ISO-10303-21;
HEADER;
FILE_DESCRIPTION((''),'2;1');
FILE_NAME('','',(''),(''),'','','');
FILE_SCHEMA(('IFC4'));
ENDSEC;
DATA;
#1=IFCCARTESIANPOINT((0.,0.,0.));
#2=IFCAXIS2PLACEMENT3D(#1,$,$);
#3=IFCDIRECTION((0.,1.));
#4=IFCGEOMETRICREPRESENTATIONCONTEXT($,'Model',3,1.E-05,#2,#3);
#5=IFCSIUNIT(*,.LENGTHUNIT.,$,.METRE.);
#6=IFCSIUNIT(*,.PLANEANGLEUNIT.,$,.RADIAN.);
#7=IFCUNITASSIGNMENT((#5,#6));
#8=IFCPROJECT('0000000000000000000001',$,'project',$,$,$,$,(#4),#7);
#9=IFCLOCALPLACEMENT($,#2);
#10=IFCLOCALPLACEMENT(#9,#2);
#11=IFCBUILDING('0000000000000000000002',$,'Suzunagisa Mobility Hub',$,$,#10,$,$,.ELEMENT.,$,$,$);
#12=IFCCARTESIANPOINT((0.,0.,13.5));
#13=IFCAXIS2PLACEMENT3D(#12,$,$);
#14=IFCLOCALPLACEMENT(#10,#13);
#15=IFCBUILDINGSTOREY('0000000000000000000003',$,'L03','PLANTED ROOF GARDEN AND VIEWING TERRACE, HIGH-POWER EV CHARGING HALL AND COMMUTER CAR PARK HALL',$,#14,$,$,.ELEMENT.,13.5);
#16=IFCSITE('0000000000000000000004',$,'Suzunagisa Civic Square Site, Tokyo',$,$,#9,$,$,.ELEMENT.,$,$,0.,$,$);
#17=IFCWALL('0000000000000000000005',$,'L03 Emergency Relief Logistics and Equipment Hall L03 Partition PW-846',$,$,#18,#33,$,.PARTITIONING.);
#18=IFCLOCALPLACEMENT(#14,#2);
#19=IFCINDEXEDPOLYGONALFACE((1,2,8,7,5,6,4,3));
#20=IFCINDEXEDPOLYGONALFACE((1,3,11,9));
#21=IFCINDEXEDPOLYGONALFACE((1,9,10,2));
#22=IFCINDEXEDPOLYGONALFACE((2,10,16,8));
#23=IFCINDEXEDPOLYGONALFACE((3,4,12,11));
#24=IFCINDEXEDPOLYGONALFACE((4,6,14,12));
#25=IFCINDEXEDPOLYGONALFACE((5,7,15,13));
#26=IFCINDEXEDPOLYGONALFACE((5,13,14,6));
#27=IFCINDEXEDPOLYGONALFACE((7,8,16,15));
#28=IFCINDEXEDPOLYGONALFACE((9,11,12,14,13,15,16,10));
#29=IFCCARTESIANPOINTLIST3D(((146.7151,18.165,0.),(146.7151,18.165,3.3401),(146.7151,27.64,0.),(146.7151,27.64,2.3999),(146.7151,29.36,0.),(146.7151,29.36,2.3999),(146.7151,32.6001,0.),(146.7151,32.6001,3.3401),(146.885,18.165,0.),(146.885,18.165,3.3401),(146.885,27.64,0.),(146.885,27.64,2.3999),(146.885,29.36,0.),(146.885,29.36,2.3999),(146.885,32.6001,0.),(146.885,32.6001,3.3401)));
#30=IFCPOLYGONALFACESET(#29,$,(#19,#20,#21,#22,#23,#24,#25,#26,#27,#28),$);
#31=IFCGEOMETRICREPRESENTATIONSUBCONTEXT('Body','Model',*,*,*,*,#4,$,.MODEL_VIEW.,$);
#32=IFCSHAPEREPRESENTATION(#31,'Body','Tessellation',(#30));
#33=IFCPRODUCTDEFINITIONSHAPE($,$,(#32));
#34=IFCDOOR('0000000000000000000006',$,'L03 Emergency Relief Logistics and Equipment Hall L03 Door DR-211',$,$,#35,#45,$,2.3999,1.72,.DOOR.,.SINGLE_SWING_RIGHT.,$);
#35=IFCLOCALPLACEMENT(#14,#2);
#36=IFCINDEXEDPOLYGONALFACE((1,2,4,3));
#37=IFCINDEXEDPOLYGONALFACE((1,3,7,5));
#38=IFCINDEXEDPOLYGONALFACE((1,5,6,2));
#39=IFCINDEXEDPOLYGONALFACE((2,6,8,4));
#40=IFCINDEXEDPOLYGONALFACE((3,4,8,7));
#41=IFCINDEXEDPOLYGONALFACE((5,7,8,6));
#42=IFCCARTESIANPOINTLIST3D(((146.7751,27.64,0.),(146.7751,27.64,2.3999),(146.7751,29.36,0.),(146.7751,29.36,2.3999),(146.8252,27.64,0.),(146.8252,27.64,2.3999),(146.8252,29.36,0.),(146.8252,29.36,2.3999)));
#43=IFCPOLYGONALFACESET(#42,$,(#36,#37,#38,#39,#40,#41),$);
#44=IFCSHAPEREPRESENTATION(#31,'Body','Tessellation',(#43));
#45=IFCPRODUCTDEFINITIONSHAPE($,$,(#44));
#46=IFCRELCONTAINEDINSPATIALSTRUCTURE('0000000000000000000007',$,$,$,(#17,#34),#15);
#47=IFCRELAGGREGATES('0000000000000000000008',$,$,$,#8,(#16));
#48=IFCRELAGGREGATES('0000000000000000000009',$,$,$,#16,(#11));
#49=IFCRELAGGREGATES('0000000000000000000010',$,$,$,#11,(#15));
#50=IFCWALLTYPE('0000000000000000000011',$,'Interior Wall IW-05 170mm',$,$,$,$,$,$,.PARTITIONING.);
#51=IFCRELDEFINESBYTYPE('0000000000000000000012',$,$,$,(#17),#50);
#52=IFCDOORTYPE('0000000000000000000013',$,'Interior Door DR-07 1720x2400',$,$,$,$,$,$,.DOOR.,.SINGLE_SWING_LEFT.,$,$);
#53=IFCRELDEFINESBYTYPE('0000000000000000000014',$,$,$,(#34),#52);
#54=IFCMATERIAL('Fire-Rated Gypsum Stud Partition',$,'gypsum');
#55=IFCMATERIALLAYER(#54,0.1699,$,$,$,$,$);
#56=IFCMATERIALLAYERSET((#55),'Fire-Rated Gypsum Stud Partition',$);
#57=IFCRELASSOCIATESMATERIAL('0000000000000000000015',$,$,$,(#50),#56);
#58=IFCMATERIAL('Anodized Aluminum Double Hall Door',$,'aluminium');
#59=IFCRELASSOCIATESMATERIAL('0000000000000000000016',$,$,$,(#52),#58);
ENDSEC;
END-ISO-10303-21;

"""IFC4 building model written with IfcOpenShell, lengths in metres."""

from ifc_helpers import new_model, si_unit, direction, frame, frame_2d, origin, place, context, subcontext, project, spatial, rectangle, extrude, material, layer, layer_set, type_object, element, fill, save


model = new_model("IFC4")

# Units and contexts
model_context = context("Model", 3, precision=1e-05, world=origin(), true_north=direction((0.0, 1.0)))
body_context = subcontext(model_context, "Body", "Model", "MODEL_VIEW")
ifc_project = project(units=[si_unit("LENGTHUNIT", "METRE"), si_unit("PLANEANGLEUNIT", "RADIAN")], contexts=[model_context])

# Site, building, storey
site_placement = place(None, origin())
site = spatial("IfcSite", under=ifc_project, at=site_placement, Name="Suzunagisa Civic Square Site, Tokyo", CompositionType="ELEMENT", RefElevation=0.0)
building_placement = place(site_placement, origin())
building = spatial("IfcBuilding", under=site, at=building_placement, Name="Suzunagisa Mobility Hub", CompositionType="ELEMENT")
storey_placement = place(building_placement, frame((0.0, 0.0, 13.5)))
storey = spatial("IfcBuildingStorey", under=building, at=storey_placement, Name="L03", Description="PLANTED ROOF GARDEN AND VIEWING TERRACE, HIGH-POWER EV CHARGING HALL AND COMMUTER CAR PARK HALL", CompositionType="ELEMENT", Elevation=13.5)

# Shared definitions
ifc_material_1 = material(Name="Fire-Rated Gypsum Stud Partition", Category="gypsum")

# Wall, opening, door
ifc_layer_1 = layer(ifc_material_1, 0.1699)
ifc_layer_set_1 = layer_set([ifc_layer_1], Name="Fire-Rated Gypsum Stud Partition")
wall_type_1 = type_object("IfcWallType", Name="Interior Wall IW-05 170mm", PredefinedType="PARTITIONING", material=ifc_layer_set_1)
wall_1_placement = place(storey_placement, frame((146.8, 18.165, 0.0), z_axis=(0.0, 0.0, 1.0), x_axis=(0.0, 1.0, 0.0)))
wall_1 = element("IfcWall", 1, at=wall_1_placement, inside=storey, type_object=wall_type_1, Name="L03 Emergency Relief Logistics and Equipment Hall L03 Partition PW-846", PredefinedType="PARTITIONING", context=body_context, shape_type="SweptSolid", body=[
    extrude(rectangle(XDim=14.4351, YDim=0.1699, at=frame_2d((7.2175, 0.0))), origin(), (0.0, 0.0, 1.0), 3.3401),
])
opening_1_placement = place(wall_1_placement, frame((9.4751, 0.0, 0.0)))
opening_1 = element("IfcOpeningElement", 2, at=opening_1_placement, cuts=wall_1, PredefinedType="OPENING", context=body_context, shape_type="SweptSolid", body=[
    extrude(rectangle(XDim=1.72, YDim=2.3999, at=frame_2d((0.8599, 1.2))), frame((0.0, 0.0959, 0.0), z_axis=(0.0, -1.0, 0.0), x_axis=(1.0, 0.0, 0.0)), (0.0, 0.0, 1.0), 0.1919),
])
ifc_material_2 = material(Name="Anodized Aluminum Double Hall Door", Category="aluminium")
door_type_1 = type_object("IfcDoorType", Name="Interior Door DR-07 1720x2400", OperationType="SINGLE_SWING_LEFT", PredefinedType="DOOR", material=ifc_material_2)
door_1_placement = place(opening_1_placement, origin())
door_1 = element("IfcDoor", 3, at=door_1_placement, inside=storey, type_object=door_type_1, Name="L03 Emergency Relief Logistics and Equipment Hall L03 Door DR-211", OperationType="SINGLE_SWING_RIGHT", OverallHeight=2.3999, OverallWidth=1.72, PredefinedType="DOOR", context=body_context, shape_type="SweptSolid", body=[
    extrude(rectangle(XDim=1.72, YDim=2.3999, at=frame_2d((0.8599, 1.2))), frame((0.0, 0.0249, 0.0), z_axis=(0.0, -1.0, 0.0), x_axis=(1.0, 0.0, 0.0)), (0.0, 0.0, 1.0), 0.05),
])
fill(opening_1, door_1)

save(model, "model.ifc")
